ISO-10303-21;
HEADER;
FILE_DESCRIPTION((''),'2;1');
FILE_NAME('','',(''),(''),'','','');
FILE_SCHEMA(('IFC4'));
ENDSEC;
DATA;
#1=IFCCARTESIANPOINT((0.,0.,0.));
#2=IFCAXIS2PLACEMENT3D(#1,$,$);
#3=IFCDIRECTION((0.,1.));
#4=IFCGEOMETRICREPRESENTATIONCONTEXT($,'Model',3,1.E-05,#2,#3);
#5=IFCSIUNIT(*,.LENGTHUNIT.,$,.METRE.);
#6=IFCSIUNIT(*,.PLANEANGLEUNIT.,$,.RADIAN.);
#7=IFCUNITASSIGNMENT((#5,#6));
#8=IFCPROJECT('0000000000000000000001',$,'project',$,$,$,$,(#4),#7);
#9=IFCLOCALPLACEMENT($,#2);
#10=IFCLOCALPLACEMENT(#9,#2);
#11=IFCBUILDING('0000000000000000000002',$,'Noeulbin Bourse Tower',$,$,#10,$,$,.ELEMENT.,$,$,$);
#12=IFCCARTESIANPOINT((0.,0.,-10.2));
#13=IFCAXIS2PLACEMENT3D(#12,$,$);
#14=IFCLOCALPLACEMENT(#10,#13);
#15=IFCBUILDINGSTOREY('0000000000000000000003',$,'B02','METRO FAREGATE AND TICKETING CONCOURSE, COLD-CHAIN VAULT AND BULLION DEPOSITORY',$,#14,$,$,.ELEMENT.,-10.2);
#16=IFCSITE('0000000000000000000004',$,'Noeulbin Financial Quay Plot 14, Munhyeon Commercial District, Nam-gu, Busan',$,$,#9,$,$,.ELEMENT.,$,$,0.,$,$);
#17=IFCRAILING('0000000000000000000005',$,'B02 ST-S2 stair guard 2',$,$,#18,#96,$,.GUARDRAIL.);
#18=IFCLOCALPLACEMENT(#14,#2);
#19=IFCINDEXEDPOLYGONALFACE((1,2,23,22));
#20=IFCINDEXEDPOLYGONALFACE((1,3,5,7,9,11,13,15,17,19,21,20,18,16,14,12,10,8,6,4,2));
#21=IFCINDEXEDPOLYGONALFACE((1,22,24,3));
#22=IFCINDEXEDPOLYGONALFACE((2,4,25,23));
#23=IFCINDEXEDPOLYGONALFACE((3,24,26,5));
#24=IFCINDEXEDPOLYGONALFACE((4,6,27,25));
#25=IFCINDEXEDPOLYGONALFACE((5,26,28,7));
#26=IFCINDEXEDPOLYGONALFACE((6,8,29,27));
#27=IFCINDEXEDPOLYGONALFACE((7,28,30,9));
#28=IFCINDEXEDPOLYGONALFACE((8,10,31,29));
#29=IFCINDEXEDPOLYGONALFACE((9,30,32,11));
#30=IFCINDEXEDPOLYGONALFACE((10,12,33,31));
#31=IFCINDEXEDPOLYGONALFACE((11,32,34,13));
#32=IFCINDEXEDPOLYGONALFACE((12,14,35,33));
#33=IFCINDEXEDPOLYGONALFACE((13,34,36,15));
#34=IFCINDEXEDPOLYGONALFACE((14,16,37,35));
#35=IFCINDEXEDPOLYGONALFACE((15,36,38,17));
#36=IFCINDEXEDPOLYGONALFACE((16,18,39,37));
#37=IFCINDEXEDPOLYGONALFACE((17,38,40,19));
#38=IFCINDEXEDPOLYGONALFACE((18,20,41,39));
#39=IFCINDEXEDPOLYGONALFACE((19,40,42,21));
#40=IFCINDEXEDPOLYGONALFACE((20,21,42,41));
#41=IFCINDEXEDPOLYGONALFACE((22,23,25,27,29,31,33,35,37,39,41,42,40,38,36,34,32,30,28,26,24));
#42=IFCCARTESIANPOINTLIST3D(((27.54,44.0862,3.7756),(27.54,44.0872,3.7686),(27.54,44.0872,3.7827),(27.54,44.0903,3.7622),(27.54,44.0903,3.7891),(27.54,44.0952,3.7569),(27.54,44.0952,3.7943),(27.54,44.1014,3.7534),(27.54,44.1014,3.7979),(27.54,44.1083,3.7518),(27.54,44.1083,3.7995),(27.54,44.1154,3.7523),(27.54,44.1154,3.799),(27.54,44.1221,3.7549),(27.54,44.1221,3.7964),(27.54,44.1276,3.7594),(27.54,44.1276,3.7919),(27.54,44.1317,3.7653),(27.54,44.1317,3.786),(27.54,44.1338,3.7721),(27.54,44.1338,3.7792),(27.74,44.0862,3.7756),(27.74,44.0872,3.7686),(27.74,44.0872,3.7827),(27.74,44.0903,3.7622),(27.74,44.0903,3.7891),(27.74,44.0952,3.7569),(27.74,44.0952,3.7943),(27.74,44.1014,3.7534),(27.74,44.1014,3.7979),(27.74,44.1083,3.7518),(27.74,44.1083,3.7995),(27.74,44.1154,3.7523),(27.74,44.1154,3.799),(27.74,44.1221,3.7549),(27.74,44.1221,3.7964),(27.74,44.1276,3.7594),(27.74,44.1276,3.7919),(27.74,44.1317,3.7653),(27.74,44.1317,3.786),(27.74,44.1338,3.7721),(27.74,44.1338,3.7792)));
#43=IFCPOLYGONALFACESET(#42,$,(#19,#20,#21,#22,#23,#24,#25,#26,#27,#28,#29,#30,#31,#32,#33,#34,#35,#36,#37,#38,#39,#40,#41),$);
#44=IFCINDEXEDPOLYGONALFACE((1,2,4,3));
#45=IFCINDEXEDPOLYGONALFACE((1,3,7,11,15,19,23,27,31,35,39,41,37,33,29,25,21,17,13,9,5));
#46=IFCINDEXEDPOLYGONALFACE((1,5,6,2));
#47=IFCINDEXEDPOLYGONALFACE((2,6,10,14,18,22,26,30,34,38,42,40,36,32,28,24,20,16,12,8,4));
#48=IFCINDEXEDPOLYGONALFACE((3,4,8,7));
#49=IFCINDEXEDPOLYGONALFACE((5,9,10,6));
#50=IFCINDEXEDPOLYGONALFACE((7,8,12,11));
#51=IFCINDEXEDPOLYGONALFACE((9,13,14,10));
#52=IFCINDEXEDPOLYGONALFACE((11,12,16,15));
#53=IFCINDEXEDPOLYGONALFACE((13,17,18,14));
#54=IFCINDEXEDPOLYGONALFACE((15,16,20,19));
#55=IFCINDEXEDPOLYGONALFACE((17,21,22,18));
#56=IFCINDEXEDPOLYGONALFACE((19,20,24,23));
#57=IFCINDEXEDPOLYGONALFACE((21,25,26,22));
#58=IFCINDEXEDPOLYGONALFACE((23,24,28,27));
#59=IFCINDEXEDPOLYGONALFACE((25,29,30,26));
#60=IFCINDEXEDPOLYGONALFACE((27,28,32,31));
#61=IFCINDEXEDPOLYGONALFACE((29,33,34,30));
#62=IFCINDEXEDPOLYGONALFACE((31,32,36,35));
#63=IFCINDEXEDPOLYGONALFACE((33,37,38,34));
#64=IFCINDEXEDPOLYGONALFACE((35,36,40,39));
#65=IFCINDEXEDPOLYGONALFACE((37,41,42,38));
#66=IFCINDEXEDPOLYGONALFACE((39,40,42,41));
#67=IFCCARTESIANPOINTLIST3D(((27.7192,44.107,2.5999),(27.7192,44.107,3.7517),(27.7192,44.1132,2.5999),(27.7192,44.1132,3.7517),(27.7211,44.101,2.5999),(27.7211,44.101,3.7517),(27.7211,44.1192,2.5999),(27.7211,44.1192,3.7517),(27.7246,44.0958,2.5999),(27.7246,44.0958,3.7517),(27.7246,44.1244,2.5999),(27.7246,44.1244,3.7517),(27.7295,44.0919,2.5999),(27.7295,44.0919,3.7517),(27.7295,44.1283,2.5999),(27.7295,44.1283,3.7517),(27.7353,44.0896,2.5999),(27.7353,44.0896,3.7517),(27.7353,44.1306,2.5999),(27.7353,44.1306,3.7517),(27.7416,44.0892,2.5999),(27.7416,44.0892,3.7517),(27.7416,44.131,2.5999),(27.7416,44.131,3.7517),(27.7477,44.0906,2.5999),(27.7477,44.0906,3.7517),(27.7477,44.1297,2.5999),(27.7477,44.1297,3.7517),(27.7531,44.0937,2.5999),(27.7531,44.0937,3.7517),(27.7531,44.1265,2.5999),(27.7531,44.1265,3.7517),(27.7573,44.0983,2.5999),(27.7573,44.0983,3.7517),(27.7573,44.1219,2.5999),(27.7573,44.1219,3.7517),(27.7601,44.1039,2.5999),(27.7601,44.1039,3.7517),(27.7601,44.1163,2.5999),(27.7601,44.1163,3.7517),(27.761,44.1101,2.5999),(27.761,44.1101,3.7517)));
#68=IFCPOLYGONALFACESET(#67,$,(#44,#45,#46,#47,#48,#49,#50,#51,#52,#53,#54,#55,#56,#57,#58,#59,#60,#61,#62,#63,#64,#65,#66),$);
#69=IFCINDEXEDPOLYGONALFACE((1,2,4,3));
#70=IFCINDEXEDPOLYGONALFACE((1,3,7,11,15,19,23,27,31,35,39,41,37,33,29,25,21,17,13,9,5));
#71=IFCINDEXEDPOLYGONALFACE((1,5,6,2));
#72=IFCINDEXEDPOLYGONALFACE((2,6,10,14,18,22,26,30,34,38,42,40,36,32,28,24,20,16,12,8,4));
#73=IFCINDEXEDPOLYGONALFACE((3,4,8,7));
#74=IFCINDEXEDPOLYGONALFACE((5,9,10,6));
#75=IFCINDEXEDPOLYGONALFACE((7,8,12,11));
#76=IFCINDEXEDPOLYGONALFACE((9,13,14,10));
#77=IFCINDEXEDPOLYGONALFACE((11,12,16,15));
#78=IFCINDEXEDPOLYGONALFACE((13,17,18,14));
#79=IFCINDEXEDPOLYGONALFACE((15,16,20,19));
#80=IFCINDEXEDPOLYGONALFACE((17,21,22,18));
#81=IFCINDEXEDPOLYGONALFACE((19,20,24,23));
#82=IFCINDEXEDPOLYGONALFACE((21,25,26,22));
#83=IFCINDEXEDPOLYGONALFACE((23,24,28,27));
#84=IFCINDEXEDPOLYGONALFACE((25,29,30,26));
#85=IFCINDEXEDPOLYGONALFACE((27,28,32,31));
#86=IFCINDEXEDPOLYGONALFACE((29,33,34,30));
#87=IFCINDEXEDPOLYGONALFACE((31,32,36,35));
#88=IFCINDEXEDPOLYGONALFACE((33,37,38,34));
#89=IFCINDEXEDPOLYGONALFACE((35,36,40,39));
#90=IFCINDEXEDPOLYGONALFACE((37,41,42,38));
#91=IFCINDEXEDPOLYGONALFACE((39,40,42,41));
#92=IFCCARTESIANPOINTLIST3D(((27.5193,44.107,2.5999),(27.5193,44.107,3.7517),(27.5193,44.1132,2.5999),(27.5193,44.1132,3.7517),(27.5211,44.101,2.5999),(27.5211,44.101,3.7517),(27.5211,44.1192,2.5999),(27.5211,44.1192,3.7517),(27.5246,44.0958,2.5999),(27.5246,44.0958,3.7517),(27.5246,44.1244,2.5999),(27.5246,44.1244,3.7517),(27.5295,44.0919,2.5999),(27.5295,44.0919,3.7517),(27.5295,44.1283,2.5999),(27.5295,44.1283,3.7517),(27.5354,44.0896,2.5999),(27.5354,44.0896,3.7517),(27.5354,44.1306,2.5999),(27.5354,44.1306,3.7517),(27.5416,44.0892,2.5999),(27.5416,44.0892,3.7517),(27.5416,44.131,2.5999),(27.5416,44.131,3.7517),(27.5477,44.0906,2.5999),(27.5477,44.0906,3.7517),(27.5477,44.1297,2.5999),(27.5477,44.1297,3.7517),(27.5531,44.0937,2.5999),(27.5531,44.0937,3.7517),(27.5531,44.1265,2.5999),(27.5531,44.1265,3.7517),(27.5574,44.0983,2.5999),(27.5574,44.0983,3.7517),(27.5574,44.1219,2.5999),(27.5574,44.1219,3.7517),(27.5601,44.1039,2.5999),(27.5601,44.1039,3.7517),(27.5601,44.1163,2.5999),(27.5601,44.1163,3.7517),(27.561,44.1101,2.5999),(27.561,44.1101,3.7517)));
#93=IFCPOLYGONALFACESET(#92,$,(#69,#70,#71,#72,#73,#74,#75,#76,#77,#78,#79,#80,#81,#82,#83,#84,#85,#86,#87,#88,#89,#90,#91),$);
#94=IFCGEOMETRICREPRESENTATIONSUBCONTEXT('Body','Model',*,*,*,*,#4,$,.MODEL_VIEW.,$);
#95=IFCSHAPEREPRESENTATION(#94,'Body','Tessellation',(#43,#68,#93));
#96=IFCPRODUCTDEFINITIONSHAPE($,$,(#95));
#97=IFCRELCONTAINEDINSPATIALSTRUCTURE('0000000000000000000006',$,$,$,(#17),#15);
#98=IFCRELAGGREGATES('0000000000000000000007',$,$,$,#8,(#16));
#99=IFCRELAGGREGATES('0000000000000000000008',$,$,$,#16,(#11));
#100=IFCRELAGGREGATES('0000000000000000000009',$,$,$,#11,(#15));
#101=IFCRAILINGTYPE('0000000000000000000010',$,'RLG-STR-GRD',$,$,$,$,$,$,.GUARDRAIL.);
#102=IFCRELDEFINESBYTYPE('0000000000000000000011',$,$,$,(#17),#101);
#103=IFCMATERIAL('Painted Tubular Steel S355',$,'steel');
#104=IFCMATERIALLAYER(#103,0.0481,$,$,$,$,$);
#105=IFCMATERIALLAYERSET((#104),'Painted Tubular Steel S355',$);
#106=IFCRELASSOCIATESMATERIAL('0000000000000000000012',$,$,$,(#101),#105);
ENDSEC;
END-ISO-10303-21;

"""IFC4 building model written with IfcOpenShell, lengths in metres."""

from ifc_helpers import new_model, si_unit, direction, frame, origin, origin_2d, place, context, subcontext, project, spatial, circle, extrude, material, layer, layer_set, type_object, element, save


model = new_model("IFC4")

# Units and contexts
model_context = context("Model", 3, precision=1e-05, world=origin(), true_north=direction((0.0, 1.0)))
body_context = subcontext(model_context, "Body", "Model", "MODEL_VIEW")
ifc_project = project(units=[si_unit("LENGTHUNIT", "METRE"), si_unit("PLANEANGLEUNIT", "RADIAN")], contexts=[model_context])

# Site, building, storey
site_placement = place(None, origin())
site = spatial("IfcSite", under=ifc_project, at=site_placement, Name="Noeulbin Financial Quay Plot 14, Munhyeon Commercial District, Nam-gu, Busan", CompositionType="ELEMENT", RefElevation=0.0)
building_placement = place(site_placement, origin())
building = spatial("IfcBuilding", under=site, at=building_placement, Name="Noeulbin Bourse Tower", CompositionType="ELEMENT")
storey_placement = place(building_placement, frame((0.0, 0.0, -10.2)))
storey = spatial("IfcBuildingStorey", under=building, at=storey_placement, Name="B02", Description="METRO FAREGATE AND TICKETING CONCOURSE, COLD-CHAIN VAULT AND BULLION DEPOSITORY", CompositionType="ELEMENT", Elevation=-10.2)

# Railing
ifc_material_1 = material(Name="Painted Tubular Steel S355", Category="steel")
ifc_layer_1 = layer(ifc_material_1, 0.0481)
ifc_layer_set_1 = layer_set([ifc_layer_1], Name="Painted Tubular Steel S355")
railing_type_1 = type_object("IfcRailingType", Name="RLG-STR-GRD", PredefinedType="GUARDRAIL", material=ifc_layer_set_1)
railing_1_placement = place(storey_placement, frame((27.74, 44.1101, 2.5999)))
element("IfcRailing", 1, at=railing_1_placement, inside=storey, type_object=railing_type_1, Name="B02 ST-S2 stair guard 2", PredefinedType="GUARDRAIL", context=body_context, shape_type="SweptSolid", body=[
    extrude(circle(Radius=0.0239, at=origin_2d()), frame((0.0, 0.0, 1.1758), z_axis=(-1.0, 0.0, 0.0), x_axis=(0.0, -1.0, 0.0)), (0.0, 0.0, 1.0), 0.2),
    extrude(circle(Radius=0.021, at=origin_2d()), origin(), (0.0, 0.0, 1.0), 1.1519),
    extrude(circle(Radius=0.021, at=origin_2d()), frame((-0.2, 0.0, 0.0)), (0.0, 0.0, 1.0), 1.1519),
])

save(model, "model.ifc")
